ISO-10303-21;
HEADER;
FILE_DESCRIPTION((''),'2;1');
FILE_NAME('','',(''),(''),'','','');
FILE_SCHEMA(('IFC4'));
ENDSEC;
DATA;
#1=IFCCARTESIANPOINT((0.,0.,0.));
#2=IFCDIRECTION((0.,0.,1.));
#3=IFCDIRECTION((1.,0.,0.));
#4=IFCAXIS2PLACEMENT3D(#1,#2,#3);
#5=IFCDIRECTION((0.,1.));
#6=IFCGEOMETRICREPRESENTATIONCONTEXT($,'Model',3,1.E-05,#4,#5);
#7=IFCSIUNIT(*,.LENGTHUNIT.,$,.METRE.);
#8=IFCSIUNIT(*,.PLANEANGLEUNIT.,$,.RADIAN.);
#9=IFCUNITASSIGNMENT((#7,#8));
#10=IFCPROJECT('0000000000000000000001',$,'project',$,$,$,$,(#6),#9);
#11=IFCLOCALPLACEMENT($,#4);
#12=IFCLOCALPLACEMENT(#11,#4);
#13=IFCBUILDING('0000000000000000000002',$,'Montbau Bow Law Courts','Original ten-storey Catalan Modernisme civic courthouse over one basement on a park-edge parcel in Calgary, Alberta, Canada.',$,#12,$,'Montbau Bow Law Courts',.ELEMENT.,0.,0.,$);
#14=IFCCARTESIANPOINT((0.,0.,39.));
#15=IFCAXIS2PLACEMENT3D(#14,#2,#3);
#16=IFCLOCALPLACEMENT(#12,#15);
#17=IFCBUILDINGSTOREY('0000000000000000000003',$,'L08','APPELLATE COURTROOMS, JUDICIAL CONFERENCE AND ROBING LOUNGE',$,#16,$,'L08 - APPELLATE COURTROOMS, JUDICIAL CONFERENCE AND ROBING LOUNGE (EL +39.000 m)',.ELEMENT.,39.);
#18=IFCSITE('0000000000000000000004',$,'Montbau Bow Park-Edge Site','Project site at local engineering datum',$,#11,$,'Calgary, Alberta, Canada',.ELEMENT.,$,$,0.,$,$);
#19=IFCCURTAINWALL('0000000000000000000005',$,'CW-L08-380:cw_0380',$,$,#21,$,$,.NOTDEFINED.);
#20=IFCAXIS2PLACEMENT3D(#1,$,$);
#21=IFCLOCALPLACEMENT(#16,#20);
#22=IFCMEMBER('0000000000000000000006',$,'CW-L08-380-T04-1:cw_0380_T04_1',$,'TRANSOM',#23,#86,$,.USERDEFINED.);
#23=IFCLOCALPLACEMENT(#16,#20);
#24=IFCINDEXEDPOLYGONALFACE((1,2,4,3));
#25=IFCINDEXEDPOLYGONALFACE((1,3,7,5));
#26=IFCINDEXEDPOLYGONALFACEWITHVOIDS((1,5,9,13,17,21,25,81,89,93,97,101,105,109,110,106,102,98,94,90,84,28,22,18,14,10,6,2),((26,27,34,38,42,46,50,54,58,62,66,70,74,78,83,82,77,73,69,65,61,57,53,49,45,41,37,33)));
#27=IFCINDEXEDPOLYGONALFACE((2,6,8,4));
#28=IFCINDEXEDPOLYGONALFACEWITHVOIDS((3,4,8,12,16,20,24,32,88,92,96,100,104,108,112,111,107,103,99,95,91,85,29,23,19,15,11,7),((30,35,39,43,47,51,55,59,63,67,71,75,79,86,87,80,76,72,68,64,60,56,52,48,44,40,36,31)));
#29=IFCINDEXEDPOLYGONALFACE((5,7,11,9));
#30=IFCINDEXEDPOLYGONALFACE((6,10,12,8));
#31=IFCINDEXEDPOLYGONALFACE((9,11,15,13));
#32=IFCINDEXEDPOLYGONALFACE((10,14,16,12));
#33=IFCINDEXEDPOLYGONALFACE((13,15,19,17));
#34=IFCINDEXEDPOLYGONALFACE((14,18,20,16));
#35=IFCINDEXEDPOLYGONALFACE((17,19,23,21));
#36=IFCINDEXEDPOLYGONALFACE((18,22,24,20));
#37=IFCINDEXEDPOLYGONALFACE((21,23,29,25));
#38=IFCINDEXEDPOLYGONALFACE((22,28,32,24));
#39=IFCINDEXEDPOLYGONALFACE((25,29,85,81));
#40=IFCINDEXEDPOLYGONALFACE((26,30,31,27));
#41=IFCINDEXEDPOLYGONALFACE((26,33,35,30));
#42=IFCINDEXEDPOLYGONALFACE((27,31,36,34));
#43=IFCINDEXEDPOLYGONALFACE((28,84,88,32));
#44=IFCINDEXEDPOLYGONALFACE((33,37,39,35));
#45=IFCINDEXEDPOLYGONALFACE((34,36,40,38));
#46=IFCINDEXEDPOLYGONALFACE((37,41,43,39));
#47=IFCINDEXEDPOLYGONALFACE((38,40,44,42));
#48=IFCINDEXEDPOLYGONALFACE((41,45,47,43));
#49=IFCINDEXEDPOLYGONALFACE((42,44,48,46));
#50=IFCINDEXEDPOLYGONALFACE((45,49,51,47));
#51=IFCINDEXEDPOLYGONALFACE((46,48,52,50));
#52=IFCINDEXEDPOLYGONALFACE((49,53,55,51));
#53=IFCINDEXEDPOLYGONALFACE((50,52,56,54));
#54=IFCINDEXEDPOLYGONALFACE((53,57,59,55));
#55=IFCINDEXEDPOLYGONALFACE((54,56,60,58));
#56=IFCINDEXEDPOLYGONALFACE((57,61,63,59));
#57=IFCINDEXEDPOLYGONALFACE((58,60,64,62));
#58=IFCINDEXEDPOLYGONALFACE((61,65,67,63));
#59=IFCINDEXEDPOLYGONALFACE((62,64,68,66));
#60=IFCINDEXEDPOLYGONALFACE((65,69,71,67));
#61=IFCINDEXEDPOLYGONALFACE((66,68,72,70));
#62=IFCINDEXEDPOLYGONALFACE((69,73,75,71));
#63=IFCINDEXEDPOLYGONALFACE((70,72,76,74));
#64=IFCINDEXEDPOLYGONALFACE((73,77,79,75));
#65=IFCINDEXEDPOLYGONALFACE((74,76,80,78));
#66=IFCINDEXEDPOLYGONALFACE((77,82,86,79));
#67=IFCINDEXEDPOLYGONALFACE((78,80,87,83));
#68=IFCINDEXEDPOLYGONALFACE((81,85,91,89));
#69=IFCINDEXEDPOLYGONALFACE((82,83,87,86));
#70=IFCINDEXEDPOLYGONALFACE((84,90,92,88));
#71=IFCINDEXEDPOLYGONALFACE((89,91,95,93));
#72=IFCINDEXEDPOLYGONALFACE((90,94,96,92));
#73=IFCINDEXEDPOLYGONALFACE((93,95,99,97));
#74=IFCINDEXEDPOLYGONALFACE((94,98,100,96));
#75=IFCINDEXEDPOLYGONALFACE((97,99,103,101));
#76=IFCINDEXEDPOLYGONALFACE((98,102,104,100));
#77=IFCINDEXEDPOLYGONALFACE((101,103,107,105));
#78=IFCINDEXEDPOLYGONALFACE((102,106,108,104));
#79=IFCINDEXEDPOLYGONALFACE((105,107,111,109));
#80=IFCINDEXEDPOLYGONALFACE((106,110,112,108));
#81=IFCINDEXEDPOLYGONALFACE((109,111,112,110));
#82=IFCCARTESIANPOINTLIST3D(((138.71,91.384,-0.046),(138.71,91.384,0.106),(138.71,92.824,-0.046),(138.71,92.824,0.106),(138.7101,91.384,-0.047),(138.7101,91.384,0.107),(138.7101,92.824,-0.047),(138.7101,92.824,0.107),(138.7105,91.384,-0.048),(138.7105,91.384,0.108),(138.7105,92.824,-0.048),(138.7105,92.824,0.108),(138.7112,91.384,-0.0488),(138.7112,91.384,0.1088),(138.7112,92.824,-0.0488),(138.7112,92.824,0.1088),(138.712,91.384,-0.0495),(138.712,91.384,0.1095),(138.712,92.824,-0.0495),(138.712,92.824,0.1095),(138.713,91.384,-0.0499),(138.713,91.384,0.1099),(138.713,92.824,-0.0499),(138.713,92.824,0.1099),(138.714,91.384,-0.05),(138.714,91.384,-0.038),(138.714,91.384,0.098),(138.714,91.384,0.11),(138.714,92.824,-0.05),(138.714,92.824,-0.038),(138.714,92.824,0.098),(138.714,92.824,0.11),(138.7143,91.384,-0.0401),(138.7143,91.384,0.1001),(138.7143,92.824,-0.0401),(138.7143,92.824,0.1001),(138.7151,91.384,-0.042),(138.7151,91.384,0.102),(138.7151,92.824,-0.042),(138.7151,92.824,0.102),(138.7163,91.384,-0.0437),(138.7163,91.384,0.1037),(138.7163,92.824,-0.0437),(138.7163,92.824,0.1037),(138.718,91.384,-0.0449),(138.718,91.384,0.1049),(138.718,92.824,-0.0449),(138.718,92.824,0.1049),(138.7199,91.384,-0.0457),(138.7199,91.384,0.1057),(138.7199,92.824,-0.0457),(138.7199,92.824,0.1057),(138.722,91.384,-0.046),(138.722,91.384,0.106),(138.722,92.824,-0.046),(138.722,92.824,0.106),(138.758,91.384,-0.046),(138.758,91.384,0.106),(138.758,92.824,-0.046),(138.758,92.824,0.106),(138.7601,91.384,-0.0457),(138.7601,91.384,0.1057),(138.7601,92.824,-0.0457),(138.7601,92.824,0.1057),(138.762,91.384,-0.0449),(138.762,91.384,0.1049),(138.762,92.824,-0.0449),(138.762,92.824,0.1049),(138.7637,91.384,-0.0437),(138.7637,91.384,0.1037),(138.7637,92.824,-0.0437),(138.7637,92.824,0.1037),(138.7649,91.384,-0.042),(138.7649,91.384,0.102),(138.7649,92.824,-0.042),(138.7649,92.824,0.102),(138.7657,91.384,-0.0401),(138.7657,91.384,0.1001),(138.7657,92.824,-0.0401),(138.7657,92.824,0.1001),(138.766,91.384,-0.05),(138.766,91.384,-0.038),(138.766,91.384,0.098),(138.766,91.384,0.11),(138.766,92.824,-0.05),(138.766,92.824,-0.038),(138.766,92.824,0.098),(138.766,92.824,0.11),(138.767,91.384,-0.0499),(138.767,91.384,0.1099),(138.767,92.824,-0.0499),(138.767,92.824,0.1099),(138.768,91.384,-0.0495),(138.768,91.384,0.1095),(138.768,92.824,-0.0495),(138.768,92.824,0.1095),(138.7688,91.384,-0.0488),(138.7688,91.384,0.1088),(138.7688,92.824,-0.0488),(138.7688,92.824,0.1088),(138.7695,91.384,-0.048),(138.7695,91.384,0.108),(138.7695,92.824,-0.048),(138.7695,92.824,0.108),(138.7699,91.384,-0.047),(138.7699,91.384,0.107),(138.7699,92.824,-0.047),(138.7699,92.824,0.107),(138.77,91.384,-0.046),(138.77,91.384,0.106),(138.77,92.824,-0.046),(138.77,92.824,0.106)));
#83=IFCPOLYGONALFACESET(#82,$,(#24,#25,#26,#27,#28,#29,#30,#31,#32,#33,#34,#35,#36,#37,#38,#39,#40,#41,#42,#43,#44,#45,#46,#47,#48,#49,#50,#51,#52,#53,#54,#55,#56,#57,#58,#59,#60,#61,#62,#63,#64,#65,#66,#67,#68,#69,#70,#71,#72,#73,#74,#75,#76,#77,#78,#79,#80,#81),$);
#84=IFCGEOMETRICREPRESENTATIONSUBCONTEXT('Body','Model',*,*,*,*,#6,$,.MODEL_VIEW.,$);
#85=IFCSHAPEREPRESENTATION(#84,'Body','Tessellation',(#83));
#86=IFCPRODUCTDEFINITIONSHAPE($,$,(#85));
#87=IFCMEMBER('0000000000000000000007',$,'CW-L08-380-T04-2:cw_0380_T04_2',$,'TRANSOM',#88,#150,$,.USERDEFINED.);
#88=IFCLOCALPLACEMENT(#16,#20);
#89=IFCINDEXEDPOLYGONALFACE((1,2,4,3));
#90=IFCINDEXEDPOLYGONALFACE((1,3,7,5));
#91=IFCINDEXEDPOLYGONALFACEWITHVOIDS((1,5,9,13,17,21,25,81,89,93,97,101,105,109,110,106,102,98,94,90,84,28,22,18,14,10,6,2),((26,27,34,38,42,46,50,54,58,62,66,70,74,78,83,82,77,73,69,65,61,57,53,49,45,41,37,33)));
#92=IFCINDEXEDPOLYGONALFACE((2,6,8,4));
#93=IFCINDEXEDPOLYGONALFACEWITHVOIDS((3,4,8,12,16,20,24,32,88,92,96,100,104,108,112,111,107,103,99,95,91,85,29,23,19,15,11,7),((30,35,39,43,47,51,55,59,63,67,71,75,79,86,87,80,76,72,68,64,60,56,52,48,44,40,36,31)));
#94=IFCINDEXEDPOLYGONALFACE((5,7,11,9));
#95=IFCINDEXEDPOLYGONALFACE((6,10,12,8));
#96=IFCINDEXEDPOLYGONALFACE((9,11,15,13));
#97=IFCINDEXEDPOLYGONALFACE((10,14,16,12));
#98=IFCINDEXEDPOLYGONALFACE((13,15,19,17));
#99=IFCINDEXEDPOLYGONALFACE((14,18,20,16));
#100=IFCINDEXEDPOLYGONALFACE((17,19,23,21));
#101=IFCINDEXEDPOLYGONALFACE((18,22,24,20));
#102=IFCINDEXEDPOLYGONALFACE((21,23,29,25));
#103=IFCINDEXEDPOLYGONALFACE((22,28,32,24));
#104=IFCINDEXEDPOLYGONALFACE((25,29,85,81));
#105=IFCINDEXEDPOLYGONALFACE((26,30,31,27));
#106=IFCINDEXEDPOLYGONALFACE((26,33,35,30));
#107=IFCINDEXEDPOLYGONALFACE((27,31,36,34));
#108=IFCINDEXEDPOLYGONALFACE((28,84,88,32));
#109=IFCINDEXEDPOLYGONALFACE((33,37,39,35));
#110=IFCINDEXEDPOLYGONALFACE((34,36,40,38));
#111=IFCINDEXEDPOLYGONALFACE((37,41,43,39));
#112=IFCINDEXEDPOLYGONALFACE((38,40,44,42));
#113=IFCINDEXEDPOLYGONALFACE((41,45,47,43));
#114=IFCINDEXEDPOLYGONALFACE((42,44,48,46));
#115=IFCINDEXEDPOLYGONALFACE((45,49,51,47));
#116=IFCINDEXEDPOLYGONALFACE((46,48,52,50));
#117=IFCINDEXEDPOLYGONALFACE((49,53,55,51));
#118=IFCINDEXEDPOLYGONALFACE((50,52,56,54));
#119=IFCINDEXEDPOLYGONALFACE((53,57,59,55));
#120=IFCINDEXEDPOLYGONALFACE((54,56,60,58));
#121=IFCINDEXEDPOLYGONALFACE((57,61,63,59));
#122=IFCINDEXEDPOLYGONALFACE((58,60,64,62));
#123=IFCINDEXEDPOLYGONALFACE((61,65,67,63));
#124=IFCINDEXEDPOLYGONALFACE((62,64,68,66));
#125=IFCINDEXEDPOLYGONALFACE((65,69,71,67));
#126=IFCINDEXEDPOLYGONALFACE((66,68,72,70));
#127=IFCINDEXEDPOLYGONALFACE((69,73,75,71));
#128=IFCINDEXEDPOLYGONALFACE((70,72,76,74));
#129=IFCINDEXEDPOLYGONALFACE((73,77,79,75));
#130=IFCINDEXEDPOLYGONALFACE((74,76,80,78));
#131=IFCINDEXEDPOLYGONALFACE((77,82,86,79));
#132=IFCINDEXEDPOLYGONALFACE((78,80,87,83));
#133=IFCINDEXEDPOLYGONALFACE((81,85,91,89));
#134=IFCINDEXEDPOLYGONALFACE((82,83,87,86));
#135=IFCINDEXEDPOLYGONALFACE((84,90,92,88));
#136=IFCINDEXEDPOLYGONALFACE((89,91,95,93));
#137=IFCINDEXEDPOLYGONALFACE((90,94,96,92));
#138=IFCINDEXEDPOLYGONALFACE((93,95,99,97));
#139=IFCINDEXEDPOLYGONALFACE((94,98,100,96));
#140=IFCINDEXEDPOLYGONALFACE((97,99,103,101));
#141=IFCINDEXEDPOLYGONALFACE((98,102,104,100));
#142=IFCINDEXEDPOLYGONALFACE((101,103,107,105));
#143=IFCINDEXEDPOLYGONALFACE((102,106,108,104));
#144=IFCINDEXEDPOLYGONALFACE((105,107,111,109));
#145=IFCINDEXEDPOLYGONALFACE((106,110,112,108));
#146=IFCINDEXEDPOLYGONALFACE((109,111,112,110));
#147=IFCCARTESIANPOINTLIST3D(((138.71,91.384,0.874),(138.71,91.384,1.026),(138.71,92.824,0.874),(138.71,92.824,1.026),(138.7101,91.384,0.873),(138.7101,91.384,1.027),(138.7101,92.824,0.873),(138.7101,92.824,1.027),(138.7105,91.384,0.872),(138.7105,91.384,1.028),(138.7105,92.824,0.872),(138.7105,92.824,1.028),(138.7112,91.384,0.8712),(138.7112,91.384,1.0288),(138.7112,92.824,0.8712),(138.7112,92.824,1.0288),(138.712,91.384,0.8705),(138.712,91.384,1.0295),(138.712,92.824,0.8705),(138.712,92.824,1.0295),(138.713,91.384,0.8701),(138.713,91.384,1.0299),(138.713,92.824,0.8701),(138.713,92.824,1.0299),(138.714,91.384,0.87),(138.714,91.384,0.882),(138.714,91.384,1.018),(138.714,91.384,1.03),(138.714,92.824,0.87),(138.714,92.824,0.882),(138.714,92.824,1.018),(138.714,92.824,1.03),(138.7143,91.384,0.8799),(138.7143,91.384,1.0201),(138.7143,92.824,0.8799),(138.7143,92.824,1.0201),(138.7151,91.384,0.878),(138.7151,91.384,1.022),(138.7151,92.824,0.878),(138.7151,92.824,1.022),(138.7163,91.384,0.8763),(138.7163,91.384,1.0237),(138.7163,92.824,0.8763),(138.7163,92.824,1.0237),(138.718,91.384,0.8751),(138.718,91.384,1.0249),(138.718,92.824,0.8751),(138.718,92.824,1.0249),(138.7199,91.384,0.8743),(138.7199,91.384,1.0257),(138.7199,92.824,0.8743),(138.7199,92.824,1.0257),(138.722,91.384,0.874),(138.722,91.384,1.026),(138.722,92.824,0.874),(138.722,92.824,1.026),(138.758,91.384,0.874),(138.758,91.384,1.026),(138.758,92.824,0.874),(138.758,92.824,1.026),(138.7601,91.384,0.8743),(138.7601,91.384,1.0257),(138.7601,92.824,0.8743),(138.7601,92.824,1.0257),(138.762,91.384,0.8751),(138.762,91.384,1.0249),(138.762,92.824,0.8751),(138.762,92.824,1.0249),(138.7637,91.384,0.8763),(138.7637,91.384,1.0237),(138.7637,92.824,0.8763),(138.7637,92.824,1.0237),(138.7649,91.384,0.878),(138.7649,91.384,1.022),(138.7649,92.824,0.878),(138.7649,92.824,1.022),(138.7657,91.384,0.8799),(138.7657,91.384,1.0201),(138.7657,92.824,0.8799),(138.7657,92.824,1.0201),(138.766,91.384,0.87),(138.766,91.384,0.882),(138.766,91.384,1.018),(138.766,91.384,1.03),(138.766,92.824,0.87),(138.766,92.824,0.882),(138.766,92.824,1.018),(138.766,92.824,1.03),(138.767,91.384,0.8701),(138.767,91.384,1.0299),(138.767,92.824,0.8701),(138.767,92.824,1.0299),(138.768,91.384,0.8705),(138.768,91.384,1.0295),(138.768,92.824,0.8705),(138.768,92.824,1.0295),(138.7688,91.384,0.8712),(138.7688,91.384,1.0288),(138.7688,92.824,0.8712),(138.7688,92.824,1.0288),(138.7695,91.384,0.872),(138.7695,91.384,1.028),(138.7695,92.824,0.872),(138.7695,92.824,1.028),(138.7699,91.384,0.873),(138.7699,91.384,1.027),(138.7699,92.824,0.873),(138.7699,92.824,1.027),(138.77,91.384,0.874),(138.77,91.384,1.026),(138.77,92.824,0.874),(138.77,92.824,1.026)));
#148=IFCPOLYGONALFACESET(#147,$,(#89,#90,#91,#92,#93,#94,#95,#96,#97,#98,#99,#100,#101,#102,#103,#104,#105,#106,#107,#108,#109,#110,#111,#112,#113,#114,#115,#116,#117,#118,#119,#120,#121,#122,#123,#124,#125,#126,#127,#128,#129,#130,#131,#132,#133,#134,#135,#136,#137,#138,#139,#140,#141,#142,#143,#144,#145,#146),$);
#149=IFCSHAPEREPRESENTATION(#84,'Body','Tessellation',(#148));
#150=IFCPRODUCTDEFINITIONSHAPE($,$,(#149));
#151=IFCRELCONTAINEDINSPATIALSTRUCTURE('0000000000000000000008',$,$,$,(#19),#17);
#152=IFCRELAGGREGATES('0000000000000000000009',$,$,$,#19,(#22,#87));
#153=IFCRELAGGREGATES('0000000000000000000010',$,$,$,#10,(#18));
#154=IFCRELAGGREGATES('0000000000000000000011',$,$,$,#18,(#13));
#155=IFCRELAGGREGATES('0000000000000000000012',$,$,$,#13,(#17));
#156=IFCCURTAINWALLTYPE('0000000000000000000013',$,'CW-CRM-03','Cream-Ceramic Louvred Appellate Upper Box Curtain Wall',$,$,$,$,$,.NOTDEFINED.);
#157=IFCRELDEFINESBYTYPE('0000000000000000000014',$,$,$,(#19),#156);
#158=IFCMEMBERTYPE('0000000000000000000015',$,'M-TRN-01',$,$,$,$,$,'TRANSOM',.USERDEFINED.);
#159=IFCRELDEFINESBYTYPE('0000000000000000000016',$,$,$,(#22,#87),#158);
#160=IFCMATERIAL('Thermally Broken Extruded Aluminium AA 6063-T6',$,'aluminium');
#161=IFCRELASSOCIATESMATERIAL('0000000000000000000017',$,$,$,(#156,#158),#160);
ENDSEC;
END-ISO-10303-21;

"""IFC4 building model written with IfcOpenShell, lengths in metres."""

from ifc_helpers import new_model, si_unit, direction, frame, origin_with_axes, origin_2d_with_axis, place, context, subcontext, project, spatial, hollow_rectangle, extrude, material, material_profile, profile_set, type_object, element, aggregate, save


model = new_model("IFC4")

# Units and contexts
model_context = context("Model", 3, precision=1e-05, world=origin_with_axes(), true_north=direction((0.0, 1.0)))
body_context = subcontext(model_context, "Body", "Model", "MODEL_VIEW")
ifc_project = project(units=[si_unit("LENGTHUNIT", "METRE"), si_unit("PLANEANGLEUNIT", "RADIAN")], contexts=[model_context])

# Site, building, storey
site_placement = place(None, origin_with_axes())
site = spatial("IfcSite", under=ifc_project, at=site_placement, Name="Montbau Bow Park-Edge Site", Description="Project site at local engineering datum", LongName="Calgary, Alberta, Canada", CompositionType="ELEMENT", RefElevation=0.0)
building_placement = place(site_placement, origin_with_axes())
building = spatial("IfcBuilding", under=site, at=building_placement, Name="Montbau Bow Law Courts", Description="Original ten-storey Catalan Modernisme civic courthouse over one basement on a park-edge parcel in Calgary, Alberta, Canada.", LongName="Montbau Bow Law Courts", CompositionType="ELEMENT", ElevationOfRefHeight=0.0, ElevationOfTerrain=0.0)
storey_placement = place(building_placement, frame((0.0, 0.0, 39.0), z_axis=(0.0, 0.0, 1.0), x_axis=(1.0, 0.0, 0.0)))
storey = spatial("IfcBuildingStorey", under=building, at=storey_placement, Name="L08", Description="APPELLATE COURTROOMS, JUDICIAL CONFERENCE AND ROBING LOUNGE", LongName="L08 - APPELLATE COURTROOMS, JUDICIAL CONFERENCE AND ROBING LOUNGE (EL +39.000 m)", CompositionType="ELEMENT", Elevation=39.0)

# Curtain wall, members
ifc_material_1 = material(Name="Thermally Broken Extruded Aluminium AA 6063-T6", Category="aluminium")
curtain_wall_type = type_object("IfcCurtainWallType", Name="CW-CRM-03", Description="Cream-Ceramic Louvred Appellate Upper Box Curtain Wall", PredefinedType="NOTDEFINED", material=ifc_material_1)
curtain_wall_1_placement = place(None, frame((138.74, 86.84, 39.0), z_axis=(0.0, 0.0, 1.0), x_axis=(1.0, 0.0, 0.0)))
curtain_wall_1 = element("IfcCurtainWall", 1, at=curtain_wall_1_placement, inside=storey, type_object=curtain_wall_type, Name="CW-L08-380:cw_0380", PredefinedType="NOTDEFINED")
ifc_material_profile_1 = material_profile(ifc_material_1, hollow_rectangle(XDim=0.06, YDim=0.16, WallThickness=0.004, InnerFilletRadius=0.008, OuterFilletRadius=0.004, at=origin_2d_with_axis()), Name="CWT-160X60", Category="Main", Priority=0)
ifc_profile_set_1 = profile_set([ifc_material_profile_1], Name="Thermally Broken Extruded Aluminium AA 6063-T6")
member_type_1 = type_object("IfcMemberType", Name="M-TRN-01", ElementType="TRANSOM", PredefinedType="USERDEFINED", material=ifc_profile_set_1)
member_1_placement = place(None, frame((138.74, 91.384, 39.03), z_axis=(0.0, 1.0, 0.0), x_axis=(-1.0, 0.0, 0.0)))
member_1 = element("IfcMember", 2, at=member_1_placement, type_object=member_type_1, Name="CW-L08-380-T04-1:cw_0380_T04_1", ObjectType="TRANSOM", PredefinedType="USERDEFINED", context=body_context, shape_type="SweptSolid", body=[
    extrude(hollow_rectangle(XDim=0.06, YDim=0.16, WallThickness=0.004, InnerFilletRadius=0.008, OuterFilletRadius=0.004, at=origin_2d_with_axis()), origin_with_axes(), (0.0, 0.0, 1.0), 1.44),
])
member_2_placement = place(None, frame((138.74, 91.384, 39.95), z_axis=(0.0, 1.0, 0.0), x_axis=(-1.0, 0.0, 0.0)))
member_2 = element("IfcMember", 3, at=member_2_placement, type_object=member_type_1, Name="CW-L08-380-T04-2:cw_0380_T04_2", ObjectType="TRANSOM", PredefinedType="USERDEFINED", context=body_context, shape_type="SweptSolid", body=[
    extrude(hollow_rectangle(XDim=0.06, YDim=0.16, WallThickness=0.004, InnerFilletRadius=0.008, OuterFilletRadius=0.004, at=origin_2d_with_axis()), origin_with_axes(), (0.0, 0.0, 1.0), 1.44),
])

aggregate(curtain_wall_1, [member_1, member_2])

save(model, "model.ifc")
